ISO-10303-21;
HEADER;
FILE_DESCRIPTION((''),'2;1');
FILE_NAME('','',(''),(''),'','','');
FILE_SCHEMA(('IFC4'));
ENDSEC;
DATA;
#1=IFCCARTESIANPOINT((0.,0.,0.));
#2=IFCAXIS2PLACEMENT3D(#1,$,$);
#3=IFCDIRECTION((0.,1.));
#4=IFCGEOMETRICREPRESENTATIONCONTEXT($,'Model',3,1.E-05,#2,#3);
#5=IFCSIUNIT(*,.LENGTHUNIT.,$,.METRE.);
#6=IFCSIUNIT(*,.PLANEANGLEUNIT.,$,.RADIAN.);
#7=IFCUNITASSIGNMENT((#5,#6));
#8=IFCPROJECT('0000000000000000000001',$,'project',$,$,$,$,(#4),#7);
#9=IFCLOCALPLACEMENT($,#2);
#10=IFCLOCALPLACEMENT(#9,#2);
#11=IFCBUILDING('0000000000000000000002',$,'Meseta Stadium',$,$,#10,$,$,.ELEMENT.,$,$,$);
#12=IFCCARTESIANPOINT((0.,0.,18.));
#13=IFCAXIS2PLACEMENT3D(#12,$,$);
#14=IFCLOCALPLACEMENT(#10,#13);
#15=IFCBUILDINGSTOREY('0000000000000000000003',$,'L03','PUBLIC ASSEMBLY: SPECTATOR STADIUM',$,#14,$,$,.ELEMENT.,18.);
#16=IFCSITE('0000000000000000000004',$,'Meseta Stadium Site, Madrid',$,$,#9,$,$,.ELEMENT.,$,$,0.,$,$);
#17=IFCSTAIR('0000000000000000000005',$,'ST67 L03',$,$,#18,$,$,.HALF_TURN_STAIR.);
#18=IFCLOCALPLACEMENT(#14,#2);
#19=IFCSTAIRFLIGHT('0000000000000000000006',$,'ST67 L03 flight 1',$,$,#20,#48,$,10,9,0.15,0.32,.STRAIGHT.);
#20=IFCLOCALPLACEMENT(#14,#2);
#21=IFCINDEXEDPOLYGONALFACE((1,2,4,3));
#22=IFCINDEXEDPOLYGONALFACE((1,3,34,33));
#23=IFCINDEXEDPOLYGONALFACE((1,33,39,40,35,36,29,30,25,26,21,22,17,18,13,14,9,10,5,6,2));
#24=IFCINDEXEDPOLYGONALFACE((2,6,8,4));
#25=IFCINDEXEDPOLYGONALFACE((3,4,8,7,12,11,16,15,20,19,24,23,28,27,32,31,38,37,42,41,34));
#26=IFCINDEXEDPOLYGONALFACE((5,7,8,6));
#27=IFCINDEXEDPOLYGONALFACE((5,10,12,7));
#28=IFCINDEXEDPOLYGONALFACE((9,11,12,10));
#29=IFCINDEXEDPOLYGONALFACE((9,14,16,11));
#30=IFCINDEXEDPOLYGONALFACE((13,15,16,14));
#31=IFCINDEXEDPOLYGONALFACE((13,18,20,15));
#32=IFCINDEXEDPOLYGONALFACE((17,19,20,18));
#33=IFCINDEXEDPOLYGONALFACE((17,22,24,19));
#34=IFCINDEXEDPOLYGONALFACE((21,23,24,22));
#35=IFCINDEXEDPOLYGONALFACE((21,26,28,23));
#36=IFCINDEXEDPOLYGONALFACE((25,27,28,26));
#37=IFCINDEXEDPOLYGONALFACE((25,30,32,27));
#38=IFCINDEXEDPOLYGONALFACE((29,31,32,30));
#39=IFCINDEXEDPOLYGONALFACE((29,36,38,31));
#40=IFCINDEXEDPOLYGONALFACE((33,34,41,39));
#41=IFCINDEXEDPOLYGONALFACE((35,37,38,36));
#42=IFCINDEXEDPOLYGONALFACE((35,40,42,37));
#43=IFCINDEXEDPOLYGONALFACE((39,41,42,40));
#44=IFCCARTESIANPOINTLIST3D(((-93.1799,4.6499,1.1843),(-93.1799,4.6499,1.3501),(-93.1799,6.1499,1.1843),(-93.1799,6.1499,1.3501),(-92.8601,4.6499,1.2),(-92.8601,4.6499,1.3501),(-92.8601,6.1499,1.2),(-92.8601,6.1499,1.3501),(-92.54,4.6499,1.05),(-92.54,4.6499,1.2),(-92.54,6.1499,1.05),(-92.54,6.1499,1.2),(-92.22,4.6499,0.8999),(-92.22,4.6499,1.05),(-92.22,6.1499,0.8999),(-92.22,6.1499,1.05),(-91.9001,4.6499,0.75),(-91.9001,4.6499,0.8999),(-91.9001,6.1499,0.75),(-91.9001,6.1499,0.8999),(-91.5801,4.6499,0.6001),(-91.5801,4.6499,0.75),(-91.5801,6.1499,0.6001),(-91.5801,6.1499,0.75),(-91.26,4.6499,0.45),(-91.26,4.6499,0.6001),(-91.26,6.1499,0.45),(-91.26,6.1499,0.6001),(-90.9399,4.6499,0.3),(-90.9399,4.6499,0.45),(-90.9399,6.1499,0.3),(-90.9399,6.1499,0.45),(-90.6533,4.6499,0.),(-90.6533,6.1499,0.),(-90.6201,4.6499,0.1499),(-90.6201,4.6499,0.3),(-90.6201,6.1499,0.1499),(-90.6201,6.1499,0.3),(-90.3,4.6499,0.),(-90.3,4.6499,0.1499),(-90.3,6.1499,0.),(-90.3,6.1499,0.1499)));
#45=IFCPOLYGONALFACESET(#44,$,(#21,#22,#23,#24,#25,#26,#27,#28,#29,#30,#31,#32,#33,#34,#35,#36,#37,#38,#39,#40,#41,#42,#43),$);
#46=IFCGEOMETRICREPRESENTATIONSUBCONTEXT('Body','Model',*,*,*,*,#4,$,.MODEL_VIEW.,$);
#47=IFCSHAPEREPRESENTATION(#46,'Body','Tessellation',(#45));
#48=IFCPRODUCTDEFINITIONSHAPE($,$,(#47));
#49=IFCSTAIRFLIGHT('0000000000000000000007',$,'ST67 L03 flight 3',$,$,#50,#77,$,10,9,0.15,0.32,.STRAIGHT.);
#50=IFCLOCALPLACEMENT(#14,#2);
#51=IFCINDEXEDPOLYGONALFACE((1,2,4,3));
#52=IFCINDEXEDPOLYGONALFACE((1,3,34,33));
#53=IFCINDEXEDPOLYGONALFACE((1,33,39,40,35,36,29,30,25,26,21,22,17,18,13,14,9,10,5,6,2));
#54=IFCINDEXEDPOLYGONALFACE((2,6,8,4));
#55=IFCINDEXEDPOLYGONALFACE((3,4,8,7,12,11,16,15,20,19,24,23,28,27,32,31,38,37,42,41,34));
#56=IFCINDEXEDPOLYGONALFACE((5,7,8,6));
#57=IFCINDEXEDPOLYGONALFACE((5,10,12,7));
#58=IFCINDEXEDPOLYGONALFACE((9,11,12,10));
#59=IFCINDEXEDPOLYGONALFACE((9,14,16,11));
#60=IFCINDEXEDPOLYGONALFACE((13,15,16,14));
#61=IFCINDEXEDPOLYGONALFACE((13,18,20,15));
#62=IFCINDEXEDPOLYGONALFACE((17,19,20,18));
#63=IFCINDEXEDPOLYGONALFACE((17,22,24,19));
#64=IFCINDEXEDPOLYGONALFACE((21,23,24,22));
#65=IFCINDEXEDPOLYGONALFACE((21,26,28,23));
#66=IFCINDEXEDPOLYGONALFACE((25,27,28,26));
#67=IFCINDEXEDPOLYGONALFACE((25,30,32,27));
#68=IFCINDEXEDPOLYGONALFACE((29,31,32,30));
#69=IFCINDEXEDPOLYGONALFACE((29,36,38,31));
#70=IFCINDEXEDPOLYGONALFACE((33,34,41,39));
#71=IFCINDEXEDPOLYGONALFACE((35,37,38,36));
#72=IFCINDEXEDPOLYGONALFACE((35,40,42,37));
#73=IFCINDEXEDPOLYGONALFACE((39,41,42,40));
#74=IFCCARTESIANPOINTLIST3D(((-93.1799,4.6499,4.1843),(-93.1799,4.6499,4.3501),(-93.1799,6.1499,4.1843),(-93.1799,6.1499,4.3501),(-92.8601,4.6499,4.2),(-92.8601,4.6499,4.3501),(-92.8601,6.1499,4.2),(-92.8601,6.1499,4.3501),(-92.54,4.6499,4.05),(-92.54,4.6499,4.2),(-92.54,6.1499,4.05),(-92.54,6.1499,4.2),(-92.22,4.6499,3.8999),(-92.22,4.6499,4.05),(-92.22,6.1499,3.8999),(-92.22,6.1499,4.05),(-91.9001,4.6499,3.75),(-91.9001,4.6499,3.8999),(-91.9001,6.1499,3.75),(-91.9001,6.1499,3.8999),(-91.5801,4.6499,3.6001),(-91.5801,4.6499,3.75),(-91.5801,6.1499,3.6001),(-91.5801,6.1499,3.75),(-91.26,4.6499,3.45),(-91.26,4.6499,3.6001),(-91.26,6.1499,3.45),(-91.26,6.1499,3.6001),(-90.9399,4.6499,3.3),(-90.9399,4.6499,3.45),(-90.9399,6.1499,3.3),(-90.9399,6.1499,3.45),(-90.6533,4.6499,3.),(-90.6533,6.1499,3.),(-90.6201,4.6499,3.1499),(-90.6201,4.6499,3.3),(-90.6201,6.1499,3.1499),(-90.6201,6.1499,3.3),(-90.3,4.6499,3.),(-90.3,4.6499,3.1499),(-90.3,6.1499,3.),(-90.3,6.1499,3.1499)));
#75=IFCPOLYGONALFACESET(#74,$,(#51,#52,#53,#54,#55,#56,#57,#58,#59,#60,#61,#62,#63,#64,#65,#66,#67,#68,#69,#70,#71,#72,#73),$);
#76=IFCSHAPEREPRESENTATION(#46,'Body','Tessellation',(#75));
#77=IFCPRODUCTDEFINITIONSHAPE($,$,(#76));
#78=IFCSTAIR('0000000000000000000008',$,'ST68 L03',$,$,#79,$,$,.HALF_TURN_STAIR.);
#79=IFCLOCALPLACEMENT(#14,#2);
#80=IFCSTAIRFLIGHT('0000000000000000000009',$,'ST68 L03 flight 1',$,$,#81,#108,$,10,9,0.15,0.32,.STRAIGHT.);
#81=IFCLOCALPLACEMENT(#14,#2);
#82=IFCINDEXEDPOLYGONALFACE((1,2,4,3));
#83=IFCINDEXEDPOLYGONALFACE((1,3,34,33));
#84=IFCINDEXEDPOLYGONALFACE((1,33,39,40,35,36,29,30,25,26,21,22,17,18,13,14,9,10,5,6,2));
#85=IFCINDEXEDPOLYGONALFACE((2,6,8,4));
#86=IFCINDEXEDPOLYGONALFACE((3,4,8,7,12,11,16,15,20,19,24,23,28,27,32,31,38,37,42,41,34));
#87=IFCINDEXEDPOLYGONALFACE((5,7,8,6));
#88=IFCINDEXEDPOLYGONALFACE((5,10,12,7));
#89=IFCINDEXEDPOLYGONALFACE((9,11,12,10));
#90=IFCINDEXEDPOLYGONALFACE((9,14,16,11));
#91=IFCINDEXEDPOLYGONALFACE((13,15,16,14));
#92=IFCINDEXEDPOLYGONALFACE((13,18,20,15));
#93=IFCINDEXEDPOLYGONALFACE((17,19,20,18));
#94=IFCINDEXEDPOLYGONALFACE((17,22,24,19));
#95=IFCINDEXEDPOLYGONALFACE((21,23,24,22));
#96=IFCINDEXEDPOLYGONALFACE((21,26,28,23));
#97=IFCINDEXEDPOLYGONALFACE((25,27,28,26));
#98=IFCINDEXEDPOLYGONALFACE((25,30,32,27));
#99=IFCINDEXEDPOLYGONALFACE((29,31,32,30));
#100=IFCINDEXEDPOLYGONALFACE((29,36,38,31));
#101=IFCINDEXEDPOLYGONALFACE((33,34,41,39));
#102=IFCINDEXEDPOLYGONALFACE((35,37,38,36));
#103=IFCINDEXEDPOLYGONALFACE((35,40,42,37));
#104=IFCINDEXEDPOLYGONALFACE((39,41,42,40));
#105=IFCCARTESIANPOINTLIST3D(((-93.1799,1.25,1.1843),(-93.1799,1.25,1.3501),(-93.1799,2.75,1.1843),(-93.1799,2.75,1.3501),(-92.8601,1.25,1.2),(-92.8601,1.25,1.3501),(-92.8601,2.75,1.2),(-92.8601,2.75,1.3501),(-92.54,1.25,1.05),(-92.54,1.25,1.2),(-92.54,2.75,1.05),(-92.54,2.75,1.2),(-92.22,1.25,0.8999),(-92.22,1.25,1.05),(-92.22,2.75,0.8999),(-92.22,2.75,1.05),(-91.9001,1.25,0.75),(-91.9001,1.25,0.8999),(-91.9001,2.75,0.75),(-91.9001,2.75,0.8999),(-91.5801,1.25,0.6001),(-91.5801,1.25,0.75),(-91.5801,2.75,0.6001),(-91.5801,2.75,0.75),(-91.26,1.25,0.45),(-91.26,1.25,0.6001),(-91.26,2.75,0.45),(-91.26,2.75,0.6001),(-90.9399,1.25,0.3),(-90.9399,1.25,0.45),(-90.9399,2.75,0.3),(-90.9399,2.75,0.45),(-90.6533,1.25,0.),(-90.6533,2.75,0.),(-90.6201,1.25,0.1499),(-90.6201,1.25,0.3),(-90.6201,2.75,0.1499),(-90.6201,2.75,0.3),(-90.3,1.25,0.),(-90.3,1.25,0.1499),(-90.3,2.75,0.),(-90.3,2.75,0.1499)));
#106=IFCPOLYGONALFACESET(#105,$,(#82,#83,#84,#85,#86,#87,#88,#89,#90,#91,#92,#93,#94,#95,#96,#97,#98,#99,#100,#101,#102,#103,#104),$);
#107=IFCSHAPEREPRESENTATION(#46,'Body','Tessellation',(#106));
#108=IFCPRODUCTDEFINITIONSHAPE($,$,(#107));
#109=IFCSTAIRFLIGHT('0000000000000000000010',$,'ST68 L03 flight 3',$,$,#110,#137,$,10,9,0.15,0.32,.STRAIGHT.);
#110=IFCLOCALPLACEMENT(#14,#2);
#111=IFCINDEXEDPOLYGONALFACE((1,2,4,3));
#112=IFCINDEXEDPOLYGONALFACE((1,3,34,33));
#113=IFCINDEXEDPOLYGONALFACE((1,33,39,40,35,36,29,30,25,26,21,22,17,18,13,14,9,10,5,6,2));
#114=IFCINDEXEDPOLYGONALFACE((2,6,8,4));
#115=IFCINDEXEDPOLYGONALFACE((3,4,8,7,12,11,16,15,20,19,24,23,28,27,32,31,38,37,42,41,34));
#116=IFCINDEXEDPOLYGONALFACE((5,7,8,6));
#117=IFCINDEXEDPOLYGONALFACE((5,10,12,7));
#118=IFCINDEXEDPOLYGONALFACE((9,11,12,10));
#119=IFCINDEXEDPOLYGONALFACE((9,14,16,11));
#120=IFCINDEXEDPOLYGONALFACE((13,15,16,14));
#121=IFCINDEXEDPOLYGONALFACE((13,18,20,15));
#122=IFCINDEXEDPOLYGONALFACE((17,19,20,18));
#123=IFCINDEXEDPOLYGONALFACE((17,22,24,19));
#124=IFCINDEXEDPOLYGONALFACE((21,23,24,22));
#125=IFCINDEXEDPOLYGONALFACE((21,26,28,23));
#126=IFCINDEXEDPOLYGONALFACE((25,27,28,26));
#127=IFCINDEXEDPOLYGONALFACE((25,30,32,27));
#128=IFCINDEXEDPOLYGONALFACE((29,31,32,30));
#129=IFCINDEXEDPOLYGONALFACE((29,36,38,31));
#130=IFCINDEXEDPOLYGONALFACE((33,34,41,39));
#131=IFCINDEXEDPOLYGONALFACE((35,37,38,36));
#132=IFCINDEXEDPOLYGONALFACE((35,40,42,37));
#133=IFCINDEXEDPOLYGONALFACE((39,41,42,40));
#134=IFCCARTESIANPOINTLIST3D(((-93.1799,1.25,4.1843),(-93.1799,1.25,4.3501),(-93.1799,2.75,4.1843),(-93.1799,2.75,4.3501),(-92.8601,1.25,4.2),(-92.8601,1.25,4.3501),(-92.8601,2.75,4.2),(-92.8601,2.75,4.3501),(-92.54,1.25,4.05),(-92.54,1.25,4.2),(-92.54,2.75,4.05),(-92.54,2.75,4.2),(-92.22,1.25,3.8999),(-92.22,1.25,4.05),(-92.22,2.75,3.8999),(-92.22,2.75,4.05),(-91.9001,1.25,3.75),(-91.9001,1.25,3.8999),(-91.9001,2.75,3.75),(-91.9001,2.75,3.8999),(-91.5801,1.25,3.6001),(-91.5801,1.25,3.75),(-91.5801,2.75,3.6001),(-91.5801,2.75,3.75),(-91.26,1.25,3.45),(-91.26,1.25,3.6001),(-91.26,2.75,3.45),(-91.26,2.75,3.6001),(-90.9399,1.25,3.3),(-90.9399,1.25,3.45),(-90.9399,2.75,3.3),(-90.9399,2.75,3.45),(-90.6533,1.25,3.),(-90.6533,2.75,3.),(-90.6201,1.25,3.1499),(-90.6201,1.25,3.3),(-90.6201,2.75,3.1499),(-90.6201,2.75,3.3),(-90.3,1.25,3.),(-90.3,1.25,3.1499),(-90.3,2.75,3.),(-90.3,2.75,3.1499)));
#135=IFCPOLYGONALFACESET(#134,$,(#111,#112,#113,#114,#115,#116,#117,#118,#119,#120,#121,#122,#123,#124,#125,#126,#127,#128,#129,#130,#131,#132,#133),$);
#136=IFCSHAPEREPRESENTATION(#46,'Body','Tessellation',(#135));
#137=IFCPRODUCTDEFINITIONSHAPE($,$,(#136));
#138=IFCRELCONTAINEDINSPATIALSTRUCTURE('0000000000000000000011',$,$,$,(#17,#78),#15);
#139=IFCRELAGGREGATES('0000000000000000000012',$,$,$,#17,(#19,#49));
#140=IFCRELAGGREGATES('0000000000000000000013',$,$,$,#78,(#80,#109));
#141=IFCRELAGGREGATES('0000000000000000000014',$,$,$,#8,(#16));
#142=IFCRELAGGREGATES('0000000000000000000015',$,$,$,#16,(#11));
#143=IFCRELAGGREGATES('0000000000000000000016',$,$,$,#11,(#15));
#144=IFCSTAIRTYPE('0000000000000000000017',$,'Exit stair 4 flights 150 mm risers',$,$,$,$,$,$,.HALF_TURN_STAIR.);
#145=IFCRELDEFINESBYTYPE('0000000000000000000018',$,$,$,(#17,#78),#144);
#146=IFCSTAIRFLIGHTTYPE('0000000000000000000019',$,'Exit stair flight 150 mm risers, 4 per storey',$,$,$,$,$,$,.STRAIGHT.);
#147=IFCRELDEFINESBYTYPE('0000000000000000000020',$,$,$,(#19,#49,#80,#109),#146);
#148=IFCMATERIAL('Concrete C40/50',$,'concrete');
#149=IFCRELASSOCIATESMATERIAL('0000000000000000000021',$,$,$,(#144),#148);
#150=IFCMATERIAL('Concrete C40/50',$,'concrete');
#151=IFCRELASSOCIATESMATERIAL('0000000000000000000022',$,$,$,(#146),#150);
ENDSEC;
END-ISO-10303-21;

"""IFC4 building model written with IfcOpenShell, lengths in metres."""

from ifc_helpers import new_model, si_unit, direction, frame, origin, place, context, subcontext, project, spatial, polyline, outline, extrude, material, type_object, element, aggregate, save


model = new_model("IFC4")

# Units and contexts
model_context = context("Model", 3, precision=1e-05, world=origin(), true_north=direction((0.0, 1.0)))
body_context = subcontext(model_context, "Body", "Model", "MODEL_VIEW")
ifc_project = project(units=[si_unit("LENGTHUNIT", "METRE"), si_unit("PLANEANGLEUNIT", "RADIAN")], contexts=[model_context])

# Site, building, storey
site_placement = place(None, origin())
site = spatial("IfcSite", under=ifc_project, at=site_placement, Name="Meseta Stadium Site, Madrid", CompositionType="ELEMENT", RefElevation=0.0)
building_placement = place(site_placement, origin())
building = spatial("IfcBuilding", under=site, at=building_placement, Name="Meseta Stadium", CompositionType="ELEMENT")
storey_placement = place(building_placement, frame((0.0, 0.0, 18.0)))
storey = spatial("IfcBuildingStorey", under=building, at=storey_placement, Name="L03", Description="PUBLIC ASSEMBLY: SPECTATOR STADIUM", CompositionType="ELEMENT", Elevation=18.0)

# Stairs, stair flights
ifc_material_1 = material(Name="Concrete C40/50", Category="concrete")
stair_type = type_object("IfcStairType", Name="Exit stair 4 flights 150 mm risers", PredefinedType="HALF_TURN_STAIR", material=ifc_material_1)
stair_1_placement = place(storey_placement, origin())
stair_1 = element("IfcStair", 1, at=stair_1_placement, inside=storey, type_object=stair_type, Name="ST67 L03", PredefinedType="HALF_TURN_STAIR")
ifc_material_2 = material(Name="Concrete C40/50", Category="concrete")
stair_flight_type = type_object("IfcStairFlightType", Name="Exit stair flight 150 mm risers, 4 per storey", PredefinedType="STRAIGHT", material=ifc_material_2)
stair_flight_1_placement = place(storey_placement, frame((-90.3, 5.3999, 0.0), z_axis=(0.0, 0.0, 1.0), x_axis=(-1.0, 0.0, 0.0)))
stair_flight_1 = element("IfcStairFlight", 2, at=stair_flight_1_placement, type_object=stair_flight_type, Name="ST67 L03 flight 1", NumberOfRisers=10, NumberOfTreads=9, PredefinedType="STRAIGHT", RiserHeight=0.15, TreadLength=0.32, context=body_context, shape_type="SweptSolid", body=[
    extrude(outline(polyline([(0.0, 0.0), (0.0, 0.1499), (0.3201, 0.1499), (0.3201, 0.3), (0.6399, 0.3), (0.6399, 0.45), (0.96, 0.45), (0.96, 0.6001), (1.28, 0.6001), (1.28, 0.75), (1.6001, 0.75), (1.6001, 0.8999), (1.9199, 0.8999), (1.9199, 1.05), (2.24, 1.05), (2.24, 1.2), (2.5601, 1.2), (2.5601, 1.3501), (2.8799, 1.3501), (2.8799, 1.1843), (0.3533, 0.0), (0.0, 0.0)])), frame((0.0, 0.75, 0.0), z_axis=(0.0, -1.0, 0.0), x_axis=(1.0, 0.0, 0.0)), (0.0, 0.0, 1.0), 1.5),
])
stair_flight_2_placement = place(storey_placement, frame((-90.3, 5.3999, 3.0), z_axis=(0.0, 0.0, 1.0), x_axis=(-1.0, 0.0, 0.0)))
stair_flight_2 = element("IfcStairFlight", 3, at=stair_flight_2_placement, type_object=stair_flight_type, Name="ST67 L03 flight 3", NumberOfRisers=10, NumberOfTreads=9, PredefinedType="STRAIGHT", RiserHeight=0.15, TreadLength=0.32, context=body_context, shape_type="SweptSolid", body=[
    extrude(outline(polyline([(0.0, 0.0), (0.0, 0.1499), (0.3201, 0.1499), (0.3201, 0.3), (0.6399, 0.3), (0.6399, 0.45), (0.96, 0.45), (0.96, 0.6001), (1.28, 0.6001), (1.28, 0.75), (1.6001, 0.75), (1.6001, 0.8999), (1.9199, 0.8999), (1.9199, 1.05), (2.24, 1.05), (2.24, 1.2), (2.5601, 1.2), (2.5601, 1.3501), (2.8799, 1.3501), (2.8799, 1.1843), (0.3533, 0.0), (0.0, 0.0)])), frame((0.0, 0.75, 0.0), z_axis=(0.0, -1.0, 0.0), x_axis=(1.0, 0.0, 0.0)), (0.0, 0.0, 1.0), 1.5),
])
aggregate(stair_1, [stair_flight_1, stair_flight_2])
stair_2_placement = place(storey_placement, origin())
stair_2 = element("IfcStair", 4, at=stair_2_placement, inside=storey, type_object=stair_type, Name="ST68 L03", PredefinedType="HALF_TURN_STAIR")
stair_flight_3_placement = place(storey_placement, frame((-90.3, 2.0, 0.0), z_axis=(0.0, 0.0, 1.0), x_axis=(-1.0, 0.0, 0.0)))
stair_flight_3 = element("IfcStairFlight", 5, at=stair_flight_3_placement, type_object=stair_flight_type, Name="ST68 L03 flight 1", NumberOfRisers=10, NumberOfTreads=9, PredefinedType="STRAIGHT", RiserHeight=0.15, TreadLength=0.32, context=body_context, shape_type="SweptSolid", body=[
    extrude(outline(polyline([(0.0, 0.0), (0.0, 0.1499), (0.3201, 0.1499), (0.3201, 0.3), (0.6399, 0.3), (0.6399, 0.45), (0.96, 0.45), (0.96, 0.6001), (1.28, 0.6001), (1.28, 0.75), (1.6001, 0.75), (1.6001, 0.8999), (1.9199, 0.8999), (1.9199, 1.05), (2.24, 1.05), (2.24, 1.2), (2.5601, 1.2), (2.5601, 1.3501), (2.8799, 1.3501), (2.8799, 1.1843), (0.3533, 0.0), (0.0, 0.0)])), frame((0.0, 0.75, 0.0), z_axis=(0.0, -1.0, 0.0), x_axis=(1.0, 0.0, 0.0)), (0.0, 0.0, 1.0), 1.5),
])
stair_flight_4_placement = place(storey_placement, frame((-90.3, 2.0, 3.0), z_axis=(0.0, 0.0, 1.0), x_axis=(-1.0, 0.0, 0.0)))
stair_flight_4 = element("IfcStairFlight", 6, at=stair_flight_4_placement, type_object=stair_flight_type, Name="ST68 L03 flight 3", NumberOfRisers=10, NumberOfTreads=9, PredefinedType="STRAIGHT", RiserHeight=0.15, TreadLength=0.32, context=body_context, shape_type="SweptSolid", body=[
    extrude(outline(polyline([(0.0, 0.0), (0.0, 0.1499), (0.3201, 0.1499), (0.3201, 0.3), (0.6399, 0.3), (0.6399, 0.45), (0.96, 0.45), (0.96, 0.6001), (1.28, 0.6001), (1.28, 0.75), (1.6001, 0.75), (1.6001, 0.8999), (1.9199, 0.8999), (1.9199, 1.05), (2.24, 1.05), (2.24, 1.2), (2.5601, 1.2), (2.5601, 1.3501), (2.8799, 1.3501), (2.8799, 1.1843), (0.3533, 0.0), (0.0, 0.0)])), frame((0.0, 0.75, 0.0), z_axis=(0.0, -1.0, 0.0), x_axis=(1.0, 0.0, 0.0)), (0.0, 0.0, 1.0), 1.5),
])
aggregate(stair_2, [stair_flight_3, stair_flight_4])

save(model, "model.ifc")
